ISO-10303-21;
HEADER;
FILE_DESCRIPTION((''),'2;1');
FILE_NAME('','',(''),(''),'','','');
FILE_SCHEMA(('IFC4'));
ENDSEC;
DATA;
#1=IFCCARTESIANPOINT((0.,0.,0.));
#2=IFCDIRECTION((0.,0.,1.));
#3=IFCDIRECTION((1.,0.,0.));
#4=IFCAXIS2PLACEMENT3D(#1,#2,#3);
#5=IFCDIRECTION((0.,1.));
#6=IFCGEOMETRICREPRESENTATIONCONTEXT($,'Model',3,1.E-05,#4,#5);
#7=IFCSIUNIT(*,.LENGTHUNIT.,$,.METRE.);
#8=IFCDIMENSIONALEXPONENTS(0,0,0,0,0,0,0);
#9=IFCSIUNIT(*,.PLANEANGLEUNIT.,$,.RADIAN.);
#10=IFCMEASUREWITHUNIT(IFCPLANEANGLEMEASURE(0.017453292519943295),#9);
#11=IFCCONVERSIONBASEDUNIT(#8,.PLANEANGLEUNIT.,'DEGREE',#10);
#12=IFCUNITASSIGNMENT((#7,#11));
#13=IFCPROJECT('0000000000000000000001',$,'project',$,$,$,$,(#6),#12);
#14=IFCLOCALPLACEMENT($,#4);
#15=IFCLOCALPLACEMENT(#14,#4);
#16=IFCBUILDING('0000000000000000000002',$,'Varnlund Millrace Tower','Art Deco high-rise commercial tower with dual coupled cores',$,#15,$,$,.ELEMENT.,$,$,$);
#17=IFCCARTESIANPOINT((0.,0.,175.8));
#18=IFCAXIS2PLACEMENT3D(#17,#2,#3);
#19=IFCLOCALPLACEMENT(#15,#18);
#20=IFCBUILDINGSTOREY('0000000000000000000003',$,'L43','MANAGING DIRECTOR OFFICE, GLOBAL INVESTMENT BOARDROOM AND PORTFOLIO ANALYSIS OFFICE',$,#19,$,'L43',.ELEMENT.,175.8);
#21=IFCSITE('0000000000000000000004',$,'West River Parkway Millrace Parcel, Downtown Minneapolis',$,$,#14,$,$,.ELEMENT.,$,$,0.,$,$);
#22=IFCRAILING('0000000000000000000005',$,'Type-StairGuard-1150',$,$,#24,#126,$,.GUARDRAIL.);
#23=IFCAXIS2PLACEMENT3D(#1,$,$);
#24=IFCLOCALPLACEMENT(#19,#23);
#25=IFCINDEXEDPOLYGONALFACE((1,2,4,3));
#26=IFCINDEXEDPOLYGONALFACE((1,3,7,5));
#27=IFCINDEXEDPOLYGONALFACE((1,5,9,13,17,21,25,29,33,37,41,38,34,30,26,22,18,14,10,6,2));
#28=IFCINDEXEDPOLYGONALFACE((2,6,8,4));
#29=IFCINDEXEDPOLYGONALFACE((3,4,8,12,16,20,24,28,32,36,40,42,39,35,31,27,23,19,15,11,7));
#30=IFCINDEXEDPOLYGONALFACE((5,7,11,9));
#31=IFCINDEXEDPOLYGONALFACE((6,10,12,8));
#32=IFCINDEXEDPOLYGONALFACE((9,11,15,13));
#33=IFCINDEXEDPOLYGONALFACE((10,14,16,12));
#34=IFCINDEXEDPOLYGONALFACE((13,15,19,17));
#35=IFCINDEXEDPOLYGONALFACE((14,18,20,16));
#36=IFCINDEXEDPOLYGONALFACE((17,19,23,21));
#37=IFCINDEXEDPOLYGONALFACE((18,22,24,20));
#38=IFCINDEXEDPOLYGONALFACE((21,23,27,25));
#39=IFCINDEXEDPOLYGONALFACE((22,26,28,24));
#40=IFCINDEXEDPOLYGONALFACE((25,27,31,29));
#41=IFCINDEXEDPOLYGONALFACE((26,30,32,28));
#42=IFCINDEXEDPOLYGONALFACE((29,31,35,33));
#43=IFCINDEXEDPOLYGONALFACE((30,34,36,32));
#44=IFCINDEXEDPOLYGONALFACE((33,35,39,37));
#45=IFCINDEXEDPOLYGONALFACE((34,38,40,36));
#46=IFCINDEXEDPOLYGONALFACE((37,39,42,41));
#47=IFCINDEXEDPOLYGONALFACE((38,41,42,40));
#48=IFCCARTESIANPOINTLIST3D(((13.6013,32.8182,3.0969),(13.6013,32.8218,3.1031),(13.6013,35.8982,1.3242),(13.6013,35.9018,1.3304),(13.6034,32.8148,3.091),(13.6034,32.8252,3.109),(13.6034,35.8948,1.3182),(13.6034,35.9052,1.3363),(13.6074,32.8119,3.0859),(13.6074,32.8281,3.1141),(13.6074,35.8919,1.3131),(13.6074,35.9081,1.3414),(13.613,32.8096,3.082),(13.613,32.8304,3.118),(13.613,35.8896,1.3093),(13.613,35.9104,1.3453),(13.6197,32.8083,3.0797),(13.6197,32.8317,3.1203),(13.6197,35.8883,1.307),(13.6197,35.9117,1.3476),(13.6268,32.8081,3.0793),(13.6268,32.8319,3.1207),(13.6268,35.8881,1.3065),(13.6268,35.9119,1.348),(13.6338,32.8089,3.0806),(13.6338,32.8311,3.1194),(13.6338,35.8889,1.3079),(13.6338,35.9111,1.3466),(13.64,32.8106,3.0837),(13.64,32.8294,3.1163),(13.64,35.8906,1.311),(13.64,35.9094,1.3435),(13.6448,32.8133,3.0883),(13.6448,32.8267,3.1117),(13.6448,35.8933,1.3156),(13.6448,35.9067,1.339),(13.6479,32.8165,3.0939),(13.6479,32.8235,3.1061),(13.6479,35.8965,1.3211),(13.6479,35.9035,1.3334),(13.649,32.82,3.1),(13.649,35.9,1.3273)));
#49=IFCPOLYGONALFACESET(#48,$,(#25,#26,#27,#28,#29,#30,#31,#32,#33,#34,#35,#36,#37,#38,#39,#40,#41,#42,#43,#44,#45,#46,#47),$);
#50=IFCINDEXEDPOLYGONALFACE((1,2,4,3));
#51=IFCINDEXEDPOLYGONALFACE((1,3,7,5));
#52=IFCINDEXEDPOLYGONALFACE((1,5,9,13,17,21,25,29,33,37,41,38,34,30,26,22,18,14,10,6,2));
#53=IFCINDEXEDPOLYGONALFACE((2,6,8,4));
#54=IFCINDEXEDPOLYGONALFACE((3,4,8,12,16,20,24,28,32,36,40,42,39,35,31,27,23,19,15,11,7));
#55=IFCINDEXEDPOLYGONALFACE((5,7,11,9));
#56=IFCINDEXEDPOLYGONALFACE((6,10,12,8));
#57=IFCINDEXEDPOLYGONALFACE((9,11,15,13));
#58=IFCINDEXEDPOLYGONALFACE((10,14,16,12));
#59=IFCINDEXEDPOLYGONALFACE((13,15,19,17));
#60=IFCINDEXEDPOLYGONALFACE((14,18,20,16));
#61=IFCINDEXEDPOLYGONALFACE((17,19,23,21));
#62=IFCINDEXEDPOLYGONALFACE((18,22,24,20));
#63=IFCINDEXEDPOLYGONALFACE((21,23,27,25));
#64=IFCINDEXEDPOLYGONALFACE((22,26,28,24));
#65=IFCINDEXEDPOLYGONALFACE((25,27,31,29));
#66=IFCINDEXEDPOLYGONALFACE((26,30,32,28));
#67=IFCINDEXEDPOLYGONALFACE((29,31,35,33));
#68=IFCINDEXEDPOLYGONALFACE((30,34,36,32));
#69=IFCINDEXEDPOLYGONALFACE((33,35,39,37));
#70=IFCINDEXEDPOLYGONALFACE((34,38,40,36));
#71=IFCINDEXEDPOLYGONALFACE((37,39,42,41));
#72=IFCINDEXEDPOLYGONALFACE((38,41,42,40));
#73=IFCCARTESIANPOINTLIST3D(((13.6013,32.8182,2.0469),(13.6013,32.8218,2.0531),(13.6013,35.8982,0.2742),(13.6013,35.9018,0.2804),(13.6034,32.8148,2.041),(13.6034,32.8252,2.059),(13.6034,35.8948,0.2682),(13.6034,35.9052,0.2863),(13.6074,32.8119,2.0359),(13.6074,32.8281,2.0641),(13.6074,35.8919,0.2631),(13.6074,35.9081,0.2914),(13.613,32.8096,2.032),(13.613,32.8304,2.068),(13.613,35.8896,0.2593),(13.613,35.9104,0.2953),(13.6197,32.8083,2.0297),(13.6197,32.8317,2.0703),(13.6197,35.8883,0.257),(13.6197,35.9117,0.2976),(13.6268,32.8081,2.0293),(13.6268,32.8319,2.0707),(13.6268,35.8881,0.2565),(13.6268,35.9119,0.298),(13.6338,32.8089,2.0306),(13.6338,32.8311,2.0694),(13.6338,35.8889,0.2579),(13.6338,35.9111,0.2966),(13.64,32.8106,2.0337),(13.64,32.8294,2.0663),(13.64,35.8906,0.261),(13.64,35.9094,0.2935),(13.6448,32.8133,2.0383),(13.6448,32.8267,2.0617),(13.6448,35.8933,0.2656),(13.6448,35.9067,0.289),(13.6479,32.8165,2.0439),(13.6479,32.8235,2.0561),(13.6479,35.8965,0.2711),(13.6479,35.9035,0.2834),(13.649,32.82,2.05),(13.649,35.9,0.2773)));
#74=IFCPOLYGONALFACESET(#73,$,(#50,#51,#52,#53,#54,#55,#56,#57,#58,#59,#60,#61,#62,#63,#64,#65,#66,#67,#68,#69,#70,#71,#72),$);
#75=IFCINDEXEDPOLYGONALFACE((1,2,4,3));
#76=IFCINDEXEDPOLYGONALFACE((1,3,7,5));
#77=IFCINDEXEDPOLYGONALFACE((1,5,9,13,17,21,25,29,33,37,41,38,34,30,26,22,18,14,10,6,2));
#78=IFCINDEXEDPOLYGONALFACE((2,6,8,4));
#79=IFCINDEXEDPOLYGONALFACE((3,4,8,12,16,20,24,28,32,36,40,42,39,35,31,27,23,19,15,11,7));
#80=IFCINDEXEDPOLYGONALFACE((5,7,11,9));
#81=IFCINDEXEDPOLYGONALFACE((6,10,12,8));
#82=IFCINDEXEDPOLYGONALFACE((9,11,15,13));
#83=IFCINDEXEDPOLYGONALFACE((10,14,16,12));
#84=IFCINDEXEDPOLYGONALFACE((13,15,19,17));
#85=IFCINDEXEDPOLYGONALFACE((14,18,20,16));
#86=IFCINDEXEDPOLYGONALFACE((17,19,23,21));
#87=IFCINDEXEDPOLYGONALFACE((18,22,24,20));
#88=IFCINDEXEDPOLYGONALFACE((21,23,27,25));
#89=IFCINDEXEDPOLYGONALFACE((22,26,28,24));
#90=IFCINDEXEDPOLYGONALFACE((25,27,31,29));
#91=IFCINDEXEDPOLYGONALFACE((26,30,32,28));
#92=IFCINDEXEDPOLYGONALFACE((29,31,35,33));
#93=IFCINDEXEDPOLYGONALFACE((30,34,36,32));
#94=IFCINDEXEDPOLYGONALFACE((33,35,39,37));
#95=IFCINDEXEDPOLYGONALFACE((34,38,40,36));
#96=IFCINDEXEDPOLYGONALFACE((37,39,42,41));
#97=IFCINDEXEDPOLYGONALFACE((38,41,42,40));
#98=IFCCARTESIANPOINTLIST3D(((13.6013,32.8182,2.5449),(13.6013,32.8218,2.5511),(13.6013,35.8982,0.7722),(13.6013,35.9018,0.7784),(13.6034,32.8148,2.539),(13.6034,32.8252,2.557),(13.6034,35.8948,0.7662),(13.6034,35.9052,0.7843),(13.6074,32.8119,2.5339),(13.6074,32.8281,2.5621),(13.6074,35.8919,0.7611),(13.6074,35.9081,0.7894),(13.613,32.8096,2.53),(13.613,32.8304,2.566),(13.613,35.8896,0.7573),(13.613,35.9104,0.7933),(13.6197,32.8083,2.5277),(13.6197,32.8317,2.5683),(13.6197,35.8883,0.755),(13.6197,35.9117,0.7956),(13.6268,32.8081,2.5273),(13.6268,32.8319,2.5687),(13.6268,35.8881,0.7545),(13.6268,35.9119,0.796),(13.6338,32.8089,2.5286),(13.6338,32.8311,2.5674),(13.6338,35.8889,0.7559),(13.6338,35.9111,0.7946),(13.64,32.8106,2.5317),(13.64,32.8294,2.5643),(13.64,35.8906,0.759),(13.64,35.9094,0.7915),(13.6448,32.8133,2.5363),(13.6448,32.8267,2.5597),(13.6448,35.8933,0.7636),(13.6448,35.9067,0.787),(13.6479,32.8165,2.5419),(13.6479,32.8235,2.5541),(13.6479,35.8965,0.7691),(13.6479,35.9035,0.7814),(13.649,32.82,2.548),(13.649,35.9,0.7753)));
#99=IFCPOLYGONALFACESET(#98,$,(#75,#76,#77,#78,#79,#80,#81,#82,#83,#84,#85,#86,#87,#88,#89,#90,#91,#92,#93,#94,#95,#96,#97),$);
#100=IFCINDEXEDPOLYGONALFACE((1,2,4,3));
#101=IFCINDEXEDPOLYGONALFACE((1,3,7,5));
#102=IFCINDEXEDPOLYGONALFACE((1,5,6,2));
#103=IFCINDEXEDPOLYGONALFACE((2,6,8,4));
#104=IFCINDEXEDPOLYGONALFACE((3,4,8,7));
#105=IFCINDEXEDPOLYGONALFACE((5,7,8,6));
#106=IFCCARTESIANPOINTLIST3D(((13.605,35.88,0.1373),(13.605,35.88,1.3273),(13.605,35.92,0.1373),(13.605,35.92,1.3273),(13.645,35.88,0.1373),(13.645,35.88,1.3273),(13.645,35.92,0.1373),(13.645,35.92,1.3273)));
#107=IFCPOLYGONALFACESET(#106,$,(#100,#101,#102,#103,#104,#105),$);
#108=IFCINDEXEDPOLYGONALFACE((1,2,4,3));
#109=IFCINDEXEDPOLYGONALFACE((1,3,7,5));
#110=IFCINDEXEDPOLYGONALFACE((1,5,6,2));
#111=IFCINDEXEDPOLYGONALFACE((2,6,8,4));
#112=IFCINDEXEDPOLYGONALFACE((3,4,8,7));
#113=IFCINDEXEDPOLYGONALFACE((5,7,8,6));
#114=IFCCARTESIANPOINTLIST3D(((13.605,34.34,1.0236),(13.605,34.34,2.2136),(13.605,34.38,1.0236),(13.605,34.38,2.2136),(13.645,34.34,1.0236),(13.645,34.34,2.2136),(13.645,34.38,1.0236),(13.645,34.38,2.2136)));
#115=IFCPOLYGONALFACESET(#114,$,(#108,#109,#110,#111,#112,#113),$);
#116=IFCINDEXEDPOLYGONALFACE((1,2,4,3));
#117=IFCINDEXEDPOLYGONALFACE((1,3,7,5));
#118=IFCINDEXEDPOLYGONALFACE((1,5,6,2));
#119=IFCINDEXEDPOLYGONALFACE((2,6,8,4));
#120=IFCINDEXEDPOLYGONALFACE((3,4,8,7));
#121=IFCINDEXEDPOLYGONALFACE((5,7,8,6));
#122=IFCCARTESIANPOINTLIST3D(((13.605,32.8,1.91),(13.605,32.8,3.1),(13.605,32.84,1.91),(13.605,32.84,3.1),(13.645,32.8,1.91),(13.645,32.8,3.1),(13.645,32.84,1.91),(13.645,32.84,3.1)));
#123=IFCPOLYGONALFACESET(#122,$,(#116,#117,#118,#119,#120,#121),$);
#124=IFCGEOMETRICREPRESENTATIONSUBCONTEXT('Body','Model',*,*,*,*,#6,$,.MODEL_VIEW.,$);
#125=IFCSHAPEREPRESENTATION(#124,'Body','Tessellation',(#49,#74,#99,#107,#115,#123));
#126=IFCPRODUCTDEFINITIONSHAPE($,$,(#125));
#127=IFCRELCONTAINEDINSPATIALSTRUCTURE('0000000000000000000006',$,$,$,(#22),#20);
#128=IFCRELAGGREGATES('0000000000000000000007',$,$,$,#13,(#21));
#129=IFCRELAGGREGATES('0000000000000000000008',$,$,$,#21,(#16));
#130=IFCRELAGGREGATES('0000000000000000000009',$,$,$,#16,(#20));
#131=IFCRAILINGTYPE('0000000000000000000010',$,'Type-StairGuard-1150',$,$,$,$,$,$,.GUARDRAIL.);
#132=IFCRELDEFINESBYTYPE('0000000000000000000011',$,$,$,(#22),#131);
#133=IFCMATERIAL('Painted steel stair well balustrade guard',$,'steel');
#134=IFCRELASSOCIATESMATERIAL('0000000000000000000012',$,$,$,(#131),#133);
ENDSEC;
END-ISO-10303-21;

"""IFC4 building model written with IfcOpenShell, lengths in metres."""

from ifc_helpers import new_model, entity, si_unit, converted_unit, direction, frame, origin_with_axes, origin_2d_with_axis, place, context, subcontext, project, spatial, rectangle, circle, extrude, material, type_object, element, save


model = new_model("IFC4")

# Units and contexts
model_context = context("Model", 3, precision=1e-05, world=origin_with_axes(), true_north=direction((0.0, 1.0)))
body_context = subcontext(model_context, "Body", "Model", "MODEL_VIEW")
ifc_project = project(units=[si_unit("LENGTHUNIT", "METRE"), converted_unit("PLANEANGLEUNIT", "DEGREE", entity("IfcPlaneAngleMeasure", 0.017453292519943295), si_unit("PLANEANGLEUNIT", "RADIAN"), dimensions=[0, 0, 0, 0, 0, 0, 0])], contexts=[model_context])

# Site, building, storey
site_placement = place(None, origin_with_axes())
site = spatial("IfcSite", under=ifc_project, at=site_placement, Name="West River Parkway Millrace Parcel, Downtown Minneapolis", CompositionType="ELEMENT", RefElevation=0.0)
building_placement = place(site_placement, origin_with_axes())
building = spatial("IfcBuilding", under=site, at=building_placement, Name="Varnlund Millrace Tower", Description="Art Deco high-rise commercial tower with dual coupled cores", CompositionType="ELEMENT")
storey_placement = place(building_placement, frame((0.0, 0.0, 175.8), z_axis=(0.0, 0.0, 1.0), x_axis=(1.0, 0.0, 0.0)))
storey = spatial("IfcBuildingStorey", under=building, at=storey_placement, Name="L43", Description="MANAGING DIRECTOR OFFICE, GLOBAL INVESTMENT BOARDROOM AND PORTFOLIO ANALYSIS OFFICE", LongName="L43", CompositionType="ELEMENT", Elevation=175.8)

# Railing
ifc_material_1 = material(Name="Painted steel stair well balustrade guard", Category="steel")
railing_type_1 = type_object("IfcRailingType", Name="Type-StairGuard-1150", PredefinedType="GUARDRAIL", material=ifc_material_1)
railing_1_placement = place(storey_placement, frame((0.0, 0.0, -175.8), z_axis=(0.0, 0.0, 1.0), x_axis=(1.0, 0.0, 0.0)))
element("IfcRailing", 1, at=railing_1_placement, inside=storey, type_object=railing_type_1, Name="Type-StairGuard-1150", PredefinedType="GUARDRAIL", context=body_context, shape_type="SweptSolid", body=[
    extrude(circle(Radius=0.024, at=origin_2d_with_axis()), frame((13.625, 35.9, 177.1273), z_axis=(0.0, -0.866696, 0.498836), x_axis=(1.0, 0.0, 0.0)), (0.0, 0.0, 1.0), 3.5537),
    extrude(circle(Radius=0.024, at=origin_2d_with_axis()), frame((13.625, 35.9, 176.0773), z_axis=(0.0, -0.866696, 0.498836), x_axis=(1.0, 0.0, 0.0)), (0.0, 0.0, 1.0), 3.5537),
    extrude(circle(Radius=0.024, at=origin_2d_with_axis()), frame((13.625, 35.9, 176.5753), z_axis=(0.0, -0.866696, 0.498836), x_axis=(1.0, 0.0, 0.0)), (0.0, 0.0, 1.0), 3.5537),
    extrude(rectangle(XDim=0.04, YDim=0.04, at=origin_2d_with_axis()), frame((13.625, 35.9, 175.9373), z_axis=(0.0, 0.0, 1.0), x_axis=(1.0, 0.0, 0.0)), (0.0, 0.0, 1.0), 1.19),
    extrude(rectangle(XDim=0.04, YDim=0.04, at=origin_2d_with_axis()), frame((13.625, 34.36, 176.8236), z_axis=(0.0, 0.0, 1.0), x_axis=(1.0, 0.0, 0.0)), (0.0, 0.0, 1.0), 1.19),
    extrude(rectangle(XDim=0.04, YDim=0.04, at=origin_2d_with_axis()), frame((13.625, 32.82, 177.71), z_axis=(0.0, 0.0, 1.0), x_axis=(1.0, 0.0, 0.0)), (0.0, 0.0, 1.0), 1.19),
])

save(model, "model.ifc")
